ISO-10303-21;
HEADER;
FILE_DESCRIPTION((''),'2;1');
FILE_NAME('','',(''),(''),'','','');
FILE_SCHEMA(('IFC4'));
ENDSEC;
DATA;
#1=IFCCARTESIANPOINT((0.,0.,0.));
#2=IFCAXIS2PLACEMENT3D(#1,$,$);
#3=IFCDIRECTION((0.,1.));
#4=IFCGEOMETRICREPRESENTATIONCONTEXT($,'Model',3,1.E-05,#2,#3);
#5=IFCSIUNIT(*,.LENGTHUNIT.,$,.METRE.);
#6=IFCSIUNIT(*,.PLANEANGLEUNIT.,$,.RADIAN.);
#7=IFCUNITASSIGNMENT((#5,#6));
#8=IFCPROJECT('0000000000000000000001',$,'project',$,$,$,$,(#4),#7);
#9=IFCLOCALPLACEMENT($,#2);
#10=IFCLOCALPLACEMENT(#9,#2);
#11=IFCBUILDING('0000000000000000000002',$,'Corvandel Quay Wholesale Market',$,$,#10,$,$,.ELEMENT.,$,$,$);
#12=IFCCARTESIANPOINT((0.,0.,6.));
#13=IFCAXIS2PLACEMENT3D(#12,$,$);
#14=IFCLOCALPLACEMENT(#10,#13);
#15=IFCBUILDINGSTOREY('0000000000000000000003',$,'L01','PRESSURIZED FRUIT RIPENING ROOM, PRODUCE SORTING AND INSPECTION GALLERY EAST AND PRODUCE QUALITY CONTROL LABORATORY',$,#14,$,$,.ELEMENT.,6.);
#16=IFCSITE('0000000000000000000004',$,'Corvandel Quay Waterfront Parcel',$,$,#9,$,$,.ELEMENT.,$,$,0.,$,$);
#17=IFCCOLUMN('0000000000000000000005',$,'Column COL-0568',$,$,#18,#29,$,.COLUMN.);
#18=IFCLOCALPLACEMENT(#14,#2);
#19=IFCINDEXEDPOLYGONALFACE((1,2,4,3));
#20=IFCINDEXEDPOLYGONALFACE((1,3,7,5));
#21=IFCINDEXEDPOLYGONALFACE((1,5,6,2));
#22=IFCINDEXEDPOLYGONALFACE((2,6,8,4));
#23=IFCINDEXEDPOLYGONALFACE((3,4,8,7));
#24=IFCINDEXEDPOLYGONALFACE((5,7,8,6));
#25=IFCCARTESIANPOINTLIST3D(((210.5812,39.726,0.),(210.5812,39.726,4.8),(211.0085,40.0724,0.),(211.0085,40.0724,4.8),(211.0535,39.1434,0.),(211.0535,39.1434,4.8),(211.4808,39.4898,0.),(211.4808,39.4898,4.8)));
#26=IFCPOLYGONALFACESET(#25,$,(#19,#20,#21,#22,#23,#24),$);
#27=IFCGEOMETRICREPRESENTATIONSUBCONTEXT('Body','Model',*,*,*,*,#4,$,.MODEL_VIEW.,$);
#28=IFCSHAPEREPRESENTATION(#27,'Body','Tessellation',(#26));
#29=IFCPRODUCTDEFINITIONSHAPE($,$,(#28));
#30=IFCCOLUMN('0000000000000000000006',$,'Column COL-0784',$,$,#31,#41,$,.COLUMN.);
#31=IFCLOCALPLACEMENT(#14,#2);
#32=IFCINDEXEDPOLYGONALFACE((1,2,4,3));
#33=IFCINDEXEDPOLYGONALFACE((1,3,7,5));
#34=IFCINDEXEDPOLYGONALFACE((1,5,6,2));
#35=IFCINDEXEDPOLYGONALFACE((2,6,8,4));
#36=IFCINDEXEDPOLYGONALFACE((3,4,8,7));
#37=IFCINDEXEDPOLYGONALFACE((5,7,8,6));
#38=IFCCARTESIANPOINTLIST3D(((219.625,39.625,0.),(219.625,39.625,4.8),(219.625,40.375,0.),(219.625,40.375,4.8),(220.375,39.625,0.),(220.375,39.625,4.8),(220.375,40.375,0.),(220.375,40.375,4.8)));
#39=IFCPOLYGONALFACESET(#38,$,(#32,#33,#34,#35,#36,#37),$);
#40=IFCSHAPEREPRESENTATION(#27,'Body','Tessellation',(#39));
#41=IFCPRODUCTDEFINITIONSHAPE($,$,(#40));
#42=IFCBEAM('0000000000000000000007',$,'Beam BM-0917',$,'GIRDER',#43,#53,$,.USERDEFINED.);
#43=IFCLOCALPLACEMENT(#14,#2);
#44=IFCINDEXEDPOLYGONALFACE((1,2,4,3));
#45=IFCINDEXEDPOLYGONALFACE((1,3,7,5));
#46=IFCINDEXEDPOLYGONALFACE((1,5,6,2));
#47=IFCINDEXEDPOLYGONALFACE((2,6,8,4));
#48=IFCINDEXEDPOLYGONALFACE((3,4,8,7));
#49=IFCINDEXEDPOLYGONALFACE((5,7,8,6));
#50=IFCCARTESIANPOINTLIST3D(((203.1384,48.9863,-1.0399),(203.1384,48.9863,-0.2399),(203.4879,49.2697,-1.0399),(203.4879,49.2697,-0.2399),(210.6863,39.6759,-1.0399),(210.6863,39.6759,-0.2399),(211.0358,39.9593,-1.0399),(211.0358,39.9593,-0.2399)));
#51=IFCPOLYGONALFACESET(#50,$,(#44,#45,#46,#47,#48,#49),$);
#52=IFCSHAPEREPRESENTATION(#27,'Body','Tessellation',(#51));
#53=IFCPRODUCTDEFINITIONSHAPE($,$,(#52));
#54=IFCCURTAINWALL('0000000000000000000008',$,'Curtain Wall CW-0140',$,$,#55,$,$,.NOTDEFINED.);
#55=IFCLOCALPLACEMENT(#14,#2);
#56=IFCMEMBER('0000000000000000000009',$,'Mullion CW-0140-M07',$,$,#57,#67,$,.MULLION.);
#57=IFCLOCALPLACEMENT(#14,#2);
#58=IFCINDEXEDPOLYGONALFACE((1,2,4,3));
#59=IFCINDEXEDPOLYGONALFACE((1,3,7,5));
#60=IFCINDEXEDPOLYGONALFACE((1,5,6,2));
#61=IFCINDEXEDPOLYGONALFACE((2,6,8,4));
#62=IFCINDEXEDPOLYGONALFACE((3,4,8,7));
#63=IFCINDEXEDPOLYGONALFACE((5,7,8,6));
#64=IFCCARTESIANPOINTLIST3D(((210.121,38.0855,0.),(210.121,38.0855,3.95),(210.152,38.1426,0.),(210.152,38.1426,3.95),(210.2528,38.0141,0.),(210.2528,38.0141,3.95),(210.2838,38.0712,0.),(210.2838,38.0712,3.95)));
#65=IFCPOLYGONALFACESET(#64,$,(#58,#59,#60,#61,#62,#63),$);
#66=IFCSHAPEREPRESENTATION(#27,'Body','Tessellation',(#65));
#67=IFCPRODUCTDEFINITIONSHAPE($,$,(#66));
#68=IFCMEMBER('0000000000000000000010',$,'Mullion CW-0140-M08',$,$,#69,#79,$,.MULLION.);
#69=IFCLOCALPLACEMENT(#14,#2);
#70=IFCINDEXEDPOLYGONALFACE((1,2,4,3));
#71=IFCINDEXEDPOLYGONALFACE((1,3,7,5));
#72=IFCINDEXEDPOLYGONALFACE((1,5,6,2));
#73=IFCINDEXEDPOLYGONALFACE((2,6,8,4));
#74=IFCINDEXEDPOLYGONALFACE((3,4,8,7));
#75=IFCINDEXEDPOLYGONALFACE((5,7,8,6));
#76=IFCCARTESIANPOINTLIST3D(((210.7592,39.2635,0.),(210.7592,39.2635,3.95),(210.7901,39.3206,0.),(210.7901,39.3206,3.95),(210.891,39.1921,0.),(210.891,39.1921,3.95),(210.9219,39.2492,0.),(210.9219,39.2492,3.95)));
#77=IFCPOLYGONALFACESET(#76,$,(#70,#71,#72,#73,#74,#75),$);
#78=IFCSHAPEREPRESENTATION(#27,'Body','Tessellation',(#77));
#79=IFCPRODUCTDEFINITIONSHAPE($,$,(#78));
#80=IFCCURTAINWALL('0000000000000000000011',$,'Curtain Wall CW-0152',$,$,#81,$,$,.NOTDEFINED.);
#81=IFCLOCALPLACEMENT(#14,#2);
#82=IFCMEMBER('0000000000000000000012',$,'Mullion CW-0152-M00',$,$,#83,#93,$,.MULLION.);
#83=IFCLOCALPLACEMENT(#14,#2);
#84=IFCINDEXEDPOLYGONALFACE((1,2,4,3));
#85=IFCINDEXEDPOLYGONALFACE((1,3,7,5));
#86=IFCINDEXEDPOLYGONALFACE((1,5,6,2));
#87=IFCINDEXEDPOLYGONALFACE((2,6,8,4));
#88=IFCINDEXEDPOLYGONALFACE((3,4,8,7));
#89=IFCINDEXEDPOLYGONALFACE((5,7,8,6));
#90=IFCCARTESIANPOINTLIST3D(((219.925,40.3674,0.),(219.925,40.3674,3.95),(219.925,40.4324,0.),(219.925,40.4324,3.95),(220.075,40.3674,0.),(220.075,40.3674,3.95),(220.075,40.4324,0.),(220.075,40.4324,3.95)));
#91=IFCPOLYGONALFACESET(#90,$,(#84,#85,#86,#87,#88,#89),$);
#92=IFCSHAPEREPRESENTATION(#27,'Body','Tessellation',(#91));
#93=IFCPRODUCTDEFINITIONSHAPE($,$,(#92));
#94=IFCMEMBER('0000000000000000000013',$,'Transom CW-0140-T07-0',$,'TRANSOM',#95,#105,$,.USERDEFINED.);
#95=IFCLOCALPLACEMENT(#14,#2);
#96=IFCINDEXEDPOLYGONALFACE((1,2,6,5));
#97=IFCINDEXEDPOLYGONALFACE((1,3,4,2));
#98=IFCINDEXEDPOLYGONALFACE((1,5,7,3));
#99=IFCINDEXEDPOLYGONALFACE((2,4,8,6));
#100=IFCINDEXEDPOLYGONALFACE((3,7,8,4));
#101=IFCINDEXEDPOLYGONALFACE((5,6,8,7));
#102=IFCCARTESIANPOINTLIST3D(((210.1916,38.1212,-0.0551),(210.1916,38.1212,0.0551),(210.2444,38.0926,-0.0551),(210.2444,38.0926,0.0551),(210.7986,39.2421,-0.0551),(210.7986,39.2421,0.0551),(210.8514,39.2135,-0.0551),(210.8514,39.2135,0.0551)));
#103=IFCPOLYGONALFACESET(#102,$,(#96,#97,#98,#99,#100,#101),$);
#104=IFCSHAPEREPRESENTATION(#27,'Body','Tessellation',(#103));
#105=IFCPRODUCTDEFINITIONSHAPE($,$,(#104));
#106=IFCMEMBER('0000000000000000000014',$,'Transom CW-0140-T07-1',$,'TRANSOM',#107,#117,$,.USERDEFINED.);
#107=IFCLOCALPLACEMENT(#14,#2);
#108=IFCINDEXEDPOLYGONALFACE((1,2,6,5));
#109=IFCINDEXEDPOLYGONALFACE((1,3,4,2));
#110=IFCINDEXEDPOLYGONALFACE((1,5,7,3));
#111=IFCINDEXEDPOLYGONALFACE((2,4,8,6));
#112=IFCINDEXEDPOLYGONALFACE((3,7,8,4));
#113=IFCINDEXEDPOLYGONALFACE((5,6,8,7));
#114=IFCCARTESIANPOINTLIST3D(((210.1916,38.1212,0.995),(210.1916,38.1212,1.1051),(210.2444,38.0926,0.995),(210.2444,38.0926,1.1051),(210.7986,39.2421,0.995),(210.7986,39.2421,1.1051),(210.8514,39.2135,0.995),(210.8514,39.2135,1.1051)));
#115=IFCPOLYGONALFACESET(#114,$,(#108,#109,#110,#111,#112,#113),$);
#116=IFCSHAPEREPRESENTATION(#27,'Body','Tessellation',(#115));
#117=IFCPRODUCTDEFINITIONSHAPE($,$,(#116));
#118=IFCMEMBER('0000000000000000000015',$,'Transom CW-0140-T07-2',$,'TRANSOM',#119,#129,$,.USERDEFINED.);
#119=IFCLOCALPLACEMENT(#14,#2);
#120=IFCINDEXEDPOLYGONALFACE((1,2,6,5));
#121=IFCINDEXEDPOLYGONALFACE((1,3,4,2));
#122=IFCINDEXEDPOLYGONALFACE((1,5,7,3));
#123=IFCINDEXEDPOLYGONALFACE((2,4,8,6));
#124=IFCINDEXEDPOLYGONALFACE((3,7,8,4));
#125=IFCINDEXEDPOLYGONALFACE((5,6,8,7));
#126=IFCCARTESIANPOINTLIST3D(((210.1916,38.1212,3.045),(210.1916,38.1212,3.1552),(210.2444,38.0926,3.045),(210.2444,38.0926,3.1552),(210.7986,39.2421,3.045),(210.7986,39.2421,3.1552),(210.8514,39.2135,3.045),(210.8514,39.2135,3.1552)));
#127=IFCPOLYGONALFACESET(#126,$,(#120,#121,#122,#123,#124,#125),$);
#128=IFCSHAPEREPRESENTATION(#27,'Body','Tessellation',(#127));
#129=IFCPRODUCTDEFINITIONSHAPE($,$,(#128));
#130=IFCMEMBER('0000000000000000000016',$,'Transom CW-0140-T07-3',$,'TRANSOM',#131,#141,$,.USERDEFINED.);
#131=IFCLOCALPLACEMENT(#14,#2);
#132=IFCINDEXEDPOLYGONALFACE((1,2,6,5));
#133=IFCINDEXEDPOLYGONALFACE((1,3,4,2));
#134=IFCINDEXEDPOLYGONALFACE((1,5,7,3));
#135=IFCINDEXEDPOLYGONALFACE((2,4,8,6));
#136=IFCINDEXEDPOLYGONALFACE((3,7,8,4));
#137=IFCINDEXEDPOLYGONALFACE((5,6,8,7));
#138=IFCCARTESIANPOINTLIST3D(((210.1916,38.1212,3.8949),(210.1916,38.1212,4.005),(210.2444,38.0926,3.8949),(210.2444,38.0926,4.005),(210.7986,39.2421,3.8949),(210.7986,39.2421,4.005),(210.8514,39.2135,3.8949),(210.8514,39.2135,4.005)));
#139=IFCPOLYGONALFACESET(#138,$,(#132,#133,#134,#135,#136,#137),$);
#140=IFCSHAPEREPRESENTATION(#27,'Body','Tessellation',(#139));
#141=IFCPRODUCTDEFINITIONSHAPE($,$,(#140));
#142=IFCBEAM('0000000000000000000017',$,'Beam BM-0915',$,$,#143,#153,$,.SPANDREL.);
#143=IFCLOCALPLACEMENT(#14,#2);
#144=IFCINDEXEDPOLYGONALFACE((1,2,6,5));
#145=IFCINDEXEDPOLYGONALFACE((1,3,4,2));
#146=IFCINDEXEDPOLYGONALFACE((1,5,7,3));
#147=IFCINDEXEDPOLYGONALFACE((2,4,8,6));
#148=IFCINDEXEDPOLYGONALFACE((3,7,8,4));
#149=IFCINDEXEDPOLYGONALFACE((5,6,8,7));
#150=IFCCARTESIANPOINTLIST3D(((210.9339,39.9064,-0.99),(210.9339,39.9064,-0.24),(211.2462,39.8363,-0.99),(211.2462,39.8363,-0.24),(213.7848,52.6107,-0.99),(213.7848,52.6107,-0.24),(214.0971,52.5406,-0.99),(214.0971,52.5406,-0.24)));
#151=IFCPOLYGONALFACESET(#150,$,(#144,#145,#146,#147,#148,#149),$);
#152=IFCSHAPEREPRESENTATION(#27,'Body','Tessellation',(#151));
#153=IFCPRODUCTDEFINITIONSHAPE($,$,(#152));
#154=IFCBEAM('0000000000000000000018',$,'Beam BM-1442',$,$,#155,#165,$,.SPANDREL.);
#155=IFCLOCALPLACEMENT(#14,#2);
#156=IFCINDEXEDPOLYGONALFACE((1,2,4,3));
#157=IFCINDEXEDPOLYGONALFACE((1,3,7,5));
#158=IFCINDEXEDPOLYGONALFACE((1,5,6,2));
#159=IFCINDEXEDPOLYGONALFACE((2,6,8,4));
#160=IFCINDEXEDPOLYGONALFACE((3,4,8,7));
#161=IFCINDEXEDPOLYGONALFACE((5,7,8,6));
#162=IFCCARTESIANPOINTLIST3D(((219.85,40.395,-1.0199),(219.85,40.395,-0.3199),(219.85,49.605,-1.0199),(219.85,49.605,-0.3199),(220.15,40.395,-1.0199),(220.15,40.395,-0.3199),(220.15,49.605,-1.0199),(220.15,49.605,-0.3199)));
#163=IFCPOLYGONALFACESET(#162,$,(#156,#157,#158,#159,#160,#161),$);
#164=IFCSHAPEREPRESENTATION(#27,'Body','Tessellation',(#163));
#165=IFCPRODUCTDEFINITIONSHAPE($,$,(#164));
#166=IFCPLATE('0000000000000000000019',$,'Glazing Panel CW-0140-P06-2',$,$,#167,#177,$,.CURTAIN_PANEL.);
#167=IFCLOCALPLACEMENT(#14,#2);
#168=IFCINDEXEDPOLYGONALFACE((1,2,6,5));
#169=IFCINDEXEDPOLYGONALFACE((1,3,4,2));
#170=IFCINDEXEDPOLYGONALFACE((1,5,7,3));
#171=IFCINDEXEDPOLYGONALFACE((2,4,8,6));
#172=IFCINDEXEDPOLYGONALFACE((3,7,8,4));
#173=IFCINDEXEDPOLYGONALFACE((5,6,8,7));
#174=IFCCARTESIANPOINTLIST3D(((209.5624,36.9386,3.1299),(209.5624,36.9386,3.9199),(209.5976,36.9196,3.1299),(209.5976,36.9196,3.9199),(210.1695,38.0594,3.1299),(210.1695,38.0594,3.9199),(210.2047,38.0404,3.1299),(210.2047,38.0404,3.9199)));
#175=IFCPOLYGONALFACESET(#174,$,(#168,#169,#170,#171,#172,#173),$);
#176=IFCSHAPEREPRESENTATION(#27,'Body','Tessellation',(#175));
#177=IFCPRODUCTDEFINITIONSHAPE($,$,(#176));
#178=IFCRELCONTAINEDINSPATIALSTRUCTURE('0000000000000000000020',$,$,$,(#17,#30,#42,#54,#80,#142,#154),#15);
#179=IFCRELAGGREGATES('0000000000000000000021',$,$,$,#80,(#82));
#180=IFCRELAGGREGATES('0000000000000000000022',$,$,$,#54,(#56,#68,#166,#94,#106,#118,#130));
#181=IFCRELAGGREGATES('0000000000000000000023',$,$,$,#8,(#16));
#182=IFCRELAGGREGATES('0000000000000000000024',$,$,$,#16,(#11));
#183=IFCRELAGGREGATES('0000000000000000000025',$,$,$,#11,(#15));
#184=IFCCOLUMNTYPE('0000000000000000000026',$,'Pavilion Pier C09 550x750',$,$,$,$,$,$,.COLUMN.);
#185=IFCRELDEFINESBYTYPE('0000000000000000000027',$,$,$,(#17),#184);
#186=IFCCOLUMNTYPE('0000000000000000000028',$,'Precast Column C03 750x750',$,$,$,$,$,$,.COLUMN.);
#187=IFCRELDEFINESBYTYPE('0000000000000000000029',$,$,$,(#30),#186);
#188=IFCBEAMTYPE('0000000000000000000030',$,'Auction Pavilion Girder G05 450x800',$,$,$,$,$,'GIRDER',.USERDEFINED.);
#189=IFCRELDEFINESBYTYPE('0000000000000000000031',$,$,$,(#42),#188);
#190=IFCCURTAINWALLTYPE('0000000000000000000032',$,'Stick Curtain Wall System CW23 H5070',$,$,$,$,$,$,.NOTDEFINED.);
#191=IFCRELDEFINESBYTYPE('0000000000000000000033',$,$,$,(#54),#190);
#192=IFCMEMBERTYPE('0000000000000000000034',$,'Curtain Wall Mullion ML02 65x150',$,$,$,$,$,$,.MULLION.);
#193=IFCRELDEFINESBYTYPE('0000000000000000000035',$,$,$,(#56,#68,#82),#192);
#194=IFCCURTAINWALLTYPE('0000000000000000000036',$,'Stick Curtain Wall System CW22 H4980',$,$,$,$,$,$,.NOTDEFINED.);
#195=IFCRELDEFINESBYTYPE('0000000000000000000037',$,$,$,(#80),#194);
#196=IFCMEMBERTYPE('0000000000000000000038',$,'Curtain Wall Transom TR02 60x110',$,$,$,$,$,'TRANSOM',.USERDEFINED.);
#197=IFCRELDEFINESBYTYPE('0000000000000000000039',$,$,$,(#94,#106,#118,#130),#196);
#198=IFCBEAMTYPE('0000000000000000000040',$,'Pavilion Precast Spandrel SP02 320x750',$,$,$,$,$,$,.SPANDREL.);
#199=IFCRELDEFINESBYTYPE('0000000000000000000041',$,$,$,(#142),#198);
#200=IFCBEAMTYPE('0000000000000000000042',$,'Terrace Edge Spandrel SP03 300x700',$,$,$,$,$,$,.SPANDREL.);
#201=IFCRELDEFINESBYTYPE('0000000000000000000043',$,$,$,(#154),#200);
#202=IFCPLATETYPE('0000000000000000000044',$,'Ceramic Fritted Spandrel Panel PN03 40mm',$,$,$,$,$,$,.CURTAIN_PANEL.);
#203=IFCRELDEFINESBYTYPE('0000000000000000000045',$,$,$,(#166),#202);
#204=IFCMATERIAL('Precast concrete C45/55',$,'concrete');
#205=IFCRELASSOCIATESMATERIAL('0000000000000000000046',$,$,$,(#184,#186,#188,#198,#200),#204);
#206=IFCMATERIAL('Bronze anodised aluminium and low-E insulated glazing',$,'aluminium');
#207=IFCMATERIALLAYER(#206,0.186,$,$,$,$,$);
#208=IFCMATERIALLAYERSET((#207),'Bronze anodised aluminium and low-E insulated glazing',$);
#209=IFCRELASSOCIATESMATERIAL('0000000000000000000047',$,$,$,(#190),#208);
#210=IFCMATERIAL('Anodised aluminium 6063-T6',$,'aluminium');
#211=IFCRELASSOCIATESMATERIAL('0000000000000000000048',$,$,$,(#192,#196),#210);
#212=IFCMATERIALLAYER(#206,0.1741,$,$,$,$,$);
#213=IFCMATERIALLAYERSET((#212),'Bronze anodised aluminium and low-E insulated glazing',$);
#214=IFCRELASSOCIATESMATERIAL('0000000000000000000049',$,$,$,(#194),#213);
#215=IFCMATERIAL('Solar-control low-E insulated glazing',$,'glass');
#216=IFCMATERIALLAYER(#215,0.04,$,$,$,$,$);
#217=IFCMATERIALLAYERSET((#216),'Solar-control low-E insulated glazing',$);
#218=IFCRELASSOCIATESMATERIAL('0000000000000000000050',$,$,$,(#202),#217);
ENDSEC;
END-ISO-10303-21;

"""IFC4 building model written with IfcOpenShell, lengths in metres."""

from ifc_helpers import new_model, si_unit, direction, frame, origin, origin_2d, place, context, subcontext, project, spatial, rectangle, extrude, material, layer, layer_set, material_profile, profile_set, type_object, element, aggregate, save


model = new_model("IFC4")

# Units and contexts
model_context = context("Model", 3, precision=1e-05, world=origin(), true_north=direction((0.0, 1.0)))
body_context = subcontext(model_context, "Body", "Model", "MODEL_VIEW")
ifc_project = project(units=[si_unit("LENGTHUNIT", "METRE"), si_unit("PLANEANGLEUNIT", "RADIAN")], contexts=[model_context])

# Site, building, storey
site_placement = place(None, origin())
site = spatial("IfcSite", under=ifc_project, at=site_placement, Name="Corvandel Quay Waterfront Parcel", CompositionType="ELEMENT", RefElevation=0.0)
building_placement = place(site_placement, origin())
building = spatial("IfcBuilding", under=site, at=building_placement, Name="Corvandel Quay Wholesale Market", CompositionType="ELEMENT")
storey_placement = place(building_placement, frame((0.0, 0.0, 6.0)))
storey = spatial("IfcBuildingStorey", under=building, at=storey_placement, Name="L01", Description="PRESSURIZED FRUIT RIPENING ROOM, PRODUCE SORTING AND INSPECTION GALLERY EAST AND PRODUCE QUALITY CONTROL LABORATORY", CompositionType="ELEMENT", Elevation=6.0)

# Columns
ifc_material_1 = material(Name="Precast concrete C45/55", Category="concrete")
ifc_material_profile_1 = material_profile(ifc_material_1, rectangle(XDim=0.55, YDim=0.75, at=origin_2d()), Name="PC-COL-550x750")
ifc_profile_set_1 = profile_set([ifc_material_profile_1], Name="Precast concrete C45/55")
column_type_1 = type_object("IfcColumnType", Name="Pavilion Pier C09 550x750", PredefinedType="COLUMN", material=ifc_profile_set_1)
column_1_placement = place(storey_placement, frame((211.031, 39.6079, 0.0), z_axis=(0.0, 0.0, 1.0), x_axis=(0.776816, 0.629727, 0.0)))
element("IfcColumn", 1, at=column_1_placement, inside=storey, type_object=column_type_1, Name="Column COL-0568", PredefinedType="COLUMN", context=body_context, shape_type="SweptSolid", body=[
    extrude(rectangle(XDim=0.55, YDim=0.75, at=origin_2d()), origin(), (0.0, 0.0, 1.0), 4.8),
])
ifc_material_profile_2 = material_profile(ifc_material_1, rectangle(XDim=0.75, YDim=0.75, at=origin_2d()), Name="PC-COL-750x750")
ifc_profile_set_2 = profile_set([ifc_material_profile_2], Name="Precast concrete C45/55")
column_type_2 = type_object("IfcColumnType", Name="Precast Column C03 750x750", PredefinedType="COLUMN", material=ifc_profile_set_2)
column_2_placement = place(storey_placement, frame((220.0, 40.0, 0.0), z_axis=(0.0, 0.0, 1.0), x_axis=(1.0, 0.0, 0.0)))
element("IfcColumn", 2, at=column_2_placement, inside=storey, type_object=column_type_2, Name="Column COL-0784", PredefinedType="COLUMN", context=body_context, shape_type="SweptSolid", body=[
    extrude(rectangle(XDim=0.75, YDim=0.75, at=origin_2d()), origin(), (0.0, 0.0, 1.0), 4.8),
])

# Beam
ifc_material_profile_3 = material_profile(ifc_material_1, rectangle(XDim=0.45, YDim=0.8, at=origin_2d()), Name="PC-GIR-450x800")
ifc_profile_set_3 = profile_set([ifc_material_profile_3], Name="Precast concrete C45/55")
beam_type_1 = type_object("IfcBeamType", Name="Auction Pavilion Girder G05 450x800", ElementType="GIRDER", PredefinedType="USERDEFINED", material=ifc_profile_set_3)
beam_1_placement = place(storey_placement, frame((210.8611, 39.8176, -0.6399), z_axis=(-0.629749, 0.776798, 0.0), x_axis=(-0.776798, -0.629749, 0.0)))
element("IfcBeam", 3, at=beam_1_placement, inside=storey, type_object=beam_type_1, Name="Beam BM-0917", ObjectType="GIRDER", PredefinedType="USERDEFINED", context=body_context, shape_type="SweptSolid", body=[
    extrude(rectangle(XDim=0.45, YDim=0.8, at=origin_2d()), origin(), (0.0, 0.0, 1.0), 11.9856),
])

# Curtain wall, members
ifc_material_2 = material(Name="Bronze anodised aluminium and low-E insulated glazing", Category="aluminium")
ifc_layer_1 = layer(ifc_material_2, 0.186)
ifc_layer_set_1 = layer_set([ifc_layer_1], Name="Bronze anodised aluminium and low-E insulated glazing")
curtain_wall_type_1 = type_object("IfcCurtainWallType", Name="Stick Curtain Wall System CW23 H5070", PredefinedType="NOTDEFINED", material=ifc_layer_set_1)
curtain_wall_1_placement = place(storey_placement, origin())
curtain_wall_1 = element("IfcCurtainWall", 4, at=curtain_wall_1_placement, inside=storey, type_object=curtain_wall_type_1, Name="Curtain Wall CW-0140", PredefinedType="NOTDEFINED")
ifc_material_3 = material(Name="Anodised aluminium 6063-T6", Category="aluminium")
ifc_material_profile_4 = material_profile(ifc_material_3, rectangle(XDim=0.0649, YDim=0.1499, at=origin_2d()), Name="ALU-MUL-65x150")
ifc_profile_set_4 = profile_set([ifc_material_profile_4], Name="Anodised aluminium 6063-T6")
member_type_1 = type_object("IfcMemberType", Name="Curtain Wall Mullion ML02 65x150", PredefinedType="MULLION", material=ifc_profile_set_4)
member_1_placement = place(storey_placement, frame((210.2024, 38.0784, 0.0), z_axis=(0.0, 0.0, 1.0), x_axis=(0.476238, 0.879316, 0.0)))
member_1 = element("IfcMember", 5, at=member_1_placement, type_object=member_type_1, Name="Mullion CW-0140-M07", PredefinedType="MULLION", context=body_context, shape_type="SweptSolid", body=[
    extrude(rectangle(XDim=0.0649, YDim=0.1499, at=origin_2d()), origin(), (0.0, 0.0, 1.0), 3.95),
])
member_2_placement = place(storey_placement, frame((210.8406, 39.2563, 0.0), z_axis=(0.0, 0.0, 1.0), x_axis=(0.476238, 0.879316, 0.0)))
member_2 = element("IfcMember", 6, at=member_2_placement, type_object=member_type_1, Name="Mullion CW-0140-M08", PredefinedType="MULLION", context=body_context, shape_type="SweptSolid", body=[
    extrude(rectangle(XDim=0.0649, YDim=0.1499, at=origin_2d()), origin(), (0.0, 0.0, 1.0), 3.95),
])

# Curtain wall, member
ifc_layer_2 = layer(ifc_material_2, 0.1741)
ifc_layer_set_2 = layer_set([ifc_layer_2], Name="Bronze anodised aluminium and low-E insulated glazing")
curtain_wall_type_2 = type_object("IfcCurtainWallType", Name="Stick Curtain Wall System CW22 H4980", PredefinedType="NOTDEFINED", material=ifc_layer_set_2)
curtain_wall_2_placement = place(storey_placement, origin())
curtain_wall_2 = element("IfcCurtainWall", 7, at=curtain_wall_2_placement, inside=storey, type_object=curtain_wall_type_2, Name="Curtain Wall CW-0152", PredefinedType="NOTDEFINED")
member_3_placement = place(storey_placement, frame((220.0, 40.3999, 0.0), z_axis=(0.0, 0.0, 1.0), x_axis=(0.0, 1.0, 0.0)))
member_3 = element("IfcMember", 8, at=member_3_placement, type_object=member_type_1, Name="Mullion CW-0152-M00", PredefinedType="MULLION", context=body_context, shape_type="SweptSolid", body=[
    extrude(rectangle(XDim=0.0649, YDim=0.1499, at=origin_2d()), origin(), (0.0, 0.0, 1.0), 3.95),
])
aggregate(curtain_wall_2, [member_3])

# Members
ifc_material_profile_5 = material_profile(ifc_material_3, rectangle(XDim=0.0601, YDim=0.1101, at=origin_2d()), Name="ALU-TRN-60x110")
ifc_profile_set_5 = profile_set([ifc_material_profile_5], Name="Anodised aluminium 6063-T6")
member_type_2 = type_object("IfcMemberType", Name="Curtain Wall Transom TR02 60x110", ElementType="TRANSOM", PredefinedType="USERDEFINED", material=ifc_profile_set_5)
member_4_placement = place(storey_placement, frame((210.218, 38.1069, 0.0), z_axis=(0.476166, 0.879355, 0.0), x_axis=(-0.879355, 0.476166, 0.0)))
member_4 = element("IfcMember", 9, at=member_4_placement, type_object=member_type_2, Name="Transom CW-0140-T07-0", ObjectType="TRANSOM", PredefinedType="USERDEFINED", context=body_context, shape_type="SweptSolid", body=[
    extrude(rectangle(XDim=0.0601, YDim=0.1101, at=origin_2d()), origin(), (0.0, 0.0, 1.0), 1.2747),
])
member_5_placement = place(storey_placement, frame((210.218, 38.1069, 1.05), z_axis=(0.476166, 0.879355, 0.0), x_axis=(-0.879355, 0.476166, 0.0)))
member_5 = element("IfcMember", 10, at=member_5_placement, type_object=member_type_2, Name="Transom CW-0140-T07-1", ObjectType="TRANSOM", PredefinedType="USERDEFINED", context=body_context, shape_type="SweptSolid", body=[
    extrude(rectangle(XDim=0.0601, YDim=0.1101, at=origin_2d()), origin(), (0.0, 0.0, 1.0), 1.2747),
])
member_6_placement = place(storey_placement, frame((210.218, 38.1069, 3.1001), z_axis=(0.476166, 0.879355, 0.0), x_axis=(-0.879355, 0.476166, 0.0)))
member_6 = element("IfcMember", 11, at=member_6_placement, type_object=member_type_2, Name="Transom CW-0140-T07-2", ObjectType="TRANSOM", PredefinedType="USERDEFINED", context=body_context, shape_type="SweptSolid", body=[
    extrude(rectangle(XDim=0.0601, YDim=0.1101, at=origin_2d()), origin(), (0.0, 0.0, 1.0), 1.2747),
])
member_7_placement = place(storey_placement, frame((210.218, 38.1069, 3.95), z_axis=(0.476166, 0.879355, 0.0), x_axis=(-0.879355, 0.476166, 0.0)))
member_7 = element("IfcMember", 12, at=member_7_placement, type_object=member_type_2, Name="Transom CW-0140-T07-3", ObjectType="TRANSOM", PredefinedType="USERDEFINED", context=body_context, shape_type="SweptSolid", body=[
    extrude(rectangle(XDim=0.0601, YDim=0.1101, at=origin_2d()), origin(), (0.0, 0.0, 1.0), 1.2747),
])

# Beams
ifc_material_profile_6 = material_profile(ifc_material_1, rectangle(XDim=0.3201, YDim=0.75, at=origin_2d()), Name="PC-SPN-320x750")
ifc_profile_set_6 = profile_set([ifc_material_profile_6], Name="Precast concrete C45/55")
beam_type_2 = type_object("IfcBeamType", Name="Pavilion Precast Spandrel SP02 320x750", PredefinedType="SPANDREL", material=ifc_profile_set_6)
beam_2_placement = place(storey_placement, frame((211.0901, 39.8713, -0.615), z_axis=(0.218953, 0.975735, 0.0), x_axis=(-0.975735, 0.218953, 0.0)))
element("IfcBeam", 13, at=beam_2_placement, inside=storey, type_object=beam_type_2, Name="Beam BM-0915", PredefinedType="SPANDREL", context=body_context, shape_type="SweptSolid", body=[
    extrude(rectangle(XDim=0.3201, YDim=0.75, at=origin_2d()), origin(), (0.0, 0.0, 1.0), 13.0203),
])
ifc_material_profile_7 = material_profile(ifc_material_1, rectangle(XDim=0.3, YDim=0.7, at=origin_2d()), Name="PC-SPN-300x700")
ifc_profile_set_7 = profile_set([ifc_material_profile_7], Name="Precast concrete C45/55")
beam_type_3 = type_object("IfcBeamType", Name="Terrace Edge Spandrel SP03 300x700", PredefinedType="SPANDREL", material=ifc_profile_set_7)
beam_3_placement = place(storey_placement, frame((220.0, 40.395, -0.6699), z_axis=(0.0, 1.0, 0.0), x_axis=(-1.0, 0.0, 0.0)))
element("IfcBeam", 14, at=beam_3_placement, inside=storey, type_object=beam_type_3, Name="Beam BM-1442", PredefinedType="SPANDREL", context=body_context, shape_type="SweptSolid", body=[
    extrude(rectangle(XDim=0.3, YDim=0.7, at=origin_2d()), origin(), (0.0, 0.0, 1.0), 9.21),
])

# Plate
ifc_material_4 = material(Name="Solar-control low-E insulated glazing", Category="glass")
ifc_layer_3 = layer(ifc_material_4, 0.04)
ifc_layer_set_3 = layer_set([ifc_layer_3], Name="Solar-control low-E insulated glazing")
plate_type_1 = type_object("IfcPlateType", Name="Ceramic Fritted Spandrel Panel PN03 40mm", PredefinedType="CURTAIN_PANEL", material=ifc_layer_set_3)
plate_1_placement = place(storey_placement, frame((209.8835, 37.4895, 3.1299), z_axis=(0.0, 0.0, 1.0), x_axis=(0.476238, 0.879316, 0.0)))
plate_1 = element("IfcPlate", 15, at=plate_1_placement, type_object=plate_type_1, Name="Glazing Panel CW-0140-P06-2", PredefinedType="CURTAIN_PANEL", context=body_context, shape_type="SweptSolid", body=[
    extrude(rectangle(XDim=1.2747, YDim=0.04, at=origin_2d()), origin(), (0.0, 0.0, 1.0), 0.79),
])
aggregate(curtain_wall_1, [member_1, member_2, plate_1, member_4, member_5, member_6, member_7])

save(model, "model.ifc")
